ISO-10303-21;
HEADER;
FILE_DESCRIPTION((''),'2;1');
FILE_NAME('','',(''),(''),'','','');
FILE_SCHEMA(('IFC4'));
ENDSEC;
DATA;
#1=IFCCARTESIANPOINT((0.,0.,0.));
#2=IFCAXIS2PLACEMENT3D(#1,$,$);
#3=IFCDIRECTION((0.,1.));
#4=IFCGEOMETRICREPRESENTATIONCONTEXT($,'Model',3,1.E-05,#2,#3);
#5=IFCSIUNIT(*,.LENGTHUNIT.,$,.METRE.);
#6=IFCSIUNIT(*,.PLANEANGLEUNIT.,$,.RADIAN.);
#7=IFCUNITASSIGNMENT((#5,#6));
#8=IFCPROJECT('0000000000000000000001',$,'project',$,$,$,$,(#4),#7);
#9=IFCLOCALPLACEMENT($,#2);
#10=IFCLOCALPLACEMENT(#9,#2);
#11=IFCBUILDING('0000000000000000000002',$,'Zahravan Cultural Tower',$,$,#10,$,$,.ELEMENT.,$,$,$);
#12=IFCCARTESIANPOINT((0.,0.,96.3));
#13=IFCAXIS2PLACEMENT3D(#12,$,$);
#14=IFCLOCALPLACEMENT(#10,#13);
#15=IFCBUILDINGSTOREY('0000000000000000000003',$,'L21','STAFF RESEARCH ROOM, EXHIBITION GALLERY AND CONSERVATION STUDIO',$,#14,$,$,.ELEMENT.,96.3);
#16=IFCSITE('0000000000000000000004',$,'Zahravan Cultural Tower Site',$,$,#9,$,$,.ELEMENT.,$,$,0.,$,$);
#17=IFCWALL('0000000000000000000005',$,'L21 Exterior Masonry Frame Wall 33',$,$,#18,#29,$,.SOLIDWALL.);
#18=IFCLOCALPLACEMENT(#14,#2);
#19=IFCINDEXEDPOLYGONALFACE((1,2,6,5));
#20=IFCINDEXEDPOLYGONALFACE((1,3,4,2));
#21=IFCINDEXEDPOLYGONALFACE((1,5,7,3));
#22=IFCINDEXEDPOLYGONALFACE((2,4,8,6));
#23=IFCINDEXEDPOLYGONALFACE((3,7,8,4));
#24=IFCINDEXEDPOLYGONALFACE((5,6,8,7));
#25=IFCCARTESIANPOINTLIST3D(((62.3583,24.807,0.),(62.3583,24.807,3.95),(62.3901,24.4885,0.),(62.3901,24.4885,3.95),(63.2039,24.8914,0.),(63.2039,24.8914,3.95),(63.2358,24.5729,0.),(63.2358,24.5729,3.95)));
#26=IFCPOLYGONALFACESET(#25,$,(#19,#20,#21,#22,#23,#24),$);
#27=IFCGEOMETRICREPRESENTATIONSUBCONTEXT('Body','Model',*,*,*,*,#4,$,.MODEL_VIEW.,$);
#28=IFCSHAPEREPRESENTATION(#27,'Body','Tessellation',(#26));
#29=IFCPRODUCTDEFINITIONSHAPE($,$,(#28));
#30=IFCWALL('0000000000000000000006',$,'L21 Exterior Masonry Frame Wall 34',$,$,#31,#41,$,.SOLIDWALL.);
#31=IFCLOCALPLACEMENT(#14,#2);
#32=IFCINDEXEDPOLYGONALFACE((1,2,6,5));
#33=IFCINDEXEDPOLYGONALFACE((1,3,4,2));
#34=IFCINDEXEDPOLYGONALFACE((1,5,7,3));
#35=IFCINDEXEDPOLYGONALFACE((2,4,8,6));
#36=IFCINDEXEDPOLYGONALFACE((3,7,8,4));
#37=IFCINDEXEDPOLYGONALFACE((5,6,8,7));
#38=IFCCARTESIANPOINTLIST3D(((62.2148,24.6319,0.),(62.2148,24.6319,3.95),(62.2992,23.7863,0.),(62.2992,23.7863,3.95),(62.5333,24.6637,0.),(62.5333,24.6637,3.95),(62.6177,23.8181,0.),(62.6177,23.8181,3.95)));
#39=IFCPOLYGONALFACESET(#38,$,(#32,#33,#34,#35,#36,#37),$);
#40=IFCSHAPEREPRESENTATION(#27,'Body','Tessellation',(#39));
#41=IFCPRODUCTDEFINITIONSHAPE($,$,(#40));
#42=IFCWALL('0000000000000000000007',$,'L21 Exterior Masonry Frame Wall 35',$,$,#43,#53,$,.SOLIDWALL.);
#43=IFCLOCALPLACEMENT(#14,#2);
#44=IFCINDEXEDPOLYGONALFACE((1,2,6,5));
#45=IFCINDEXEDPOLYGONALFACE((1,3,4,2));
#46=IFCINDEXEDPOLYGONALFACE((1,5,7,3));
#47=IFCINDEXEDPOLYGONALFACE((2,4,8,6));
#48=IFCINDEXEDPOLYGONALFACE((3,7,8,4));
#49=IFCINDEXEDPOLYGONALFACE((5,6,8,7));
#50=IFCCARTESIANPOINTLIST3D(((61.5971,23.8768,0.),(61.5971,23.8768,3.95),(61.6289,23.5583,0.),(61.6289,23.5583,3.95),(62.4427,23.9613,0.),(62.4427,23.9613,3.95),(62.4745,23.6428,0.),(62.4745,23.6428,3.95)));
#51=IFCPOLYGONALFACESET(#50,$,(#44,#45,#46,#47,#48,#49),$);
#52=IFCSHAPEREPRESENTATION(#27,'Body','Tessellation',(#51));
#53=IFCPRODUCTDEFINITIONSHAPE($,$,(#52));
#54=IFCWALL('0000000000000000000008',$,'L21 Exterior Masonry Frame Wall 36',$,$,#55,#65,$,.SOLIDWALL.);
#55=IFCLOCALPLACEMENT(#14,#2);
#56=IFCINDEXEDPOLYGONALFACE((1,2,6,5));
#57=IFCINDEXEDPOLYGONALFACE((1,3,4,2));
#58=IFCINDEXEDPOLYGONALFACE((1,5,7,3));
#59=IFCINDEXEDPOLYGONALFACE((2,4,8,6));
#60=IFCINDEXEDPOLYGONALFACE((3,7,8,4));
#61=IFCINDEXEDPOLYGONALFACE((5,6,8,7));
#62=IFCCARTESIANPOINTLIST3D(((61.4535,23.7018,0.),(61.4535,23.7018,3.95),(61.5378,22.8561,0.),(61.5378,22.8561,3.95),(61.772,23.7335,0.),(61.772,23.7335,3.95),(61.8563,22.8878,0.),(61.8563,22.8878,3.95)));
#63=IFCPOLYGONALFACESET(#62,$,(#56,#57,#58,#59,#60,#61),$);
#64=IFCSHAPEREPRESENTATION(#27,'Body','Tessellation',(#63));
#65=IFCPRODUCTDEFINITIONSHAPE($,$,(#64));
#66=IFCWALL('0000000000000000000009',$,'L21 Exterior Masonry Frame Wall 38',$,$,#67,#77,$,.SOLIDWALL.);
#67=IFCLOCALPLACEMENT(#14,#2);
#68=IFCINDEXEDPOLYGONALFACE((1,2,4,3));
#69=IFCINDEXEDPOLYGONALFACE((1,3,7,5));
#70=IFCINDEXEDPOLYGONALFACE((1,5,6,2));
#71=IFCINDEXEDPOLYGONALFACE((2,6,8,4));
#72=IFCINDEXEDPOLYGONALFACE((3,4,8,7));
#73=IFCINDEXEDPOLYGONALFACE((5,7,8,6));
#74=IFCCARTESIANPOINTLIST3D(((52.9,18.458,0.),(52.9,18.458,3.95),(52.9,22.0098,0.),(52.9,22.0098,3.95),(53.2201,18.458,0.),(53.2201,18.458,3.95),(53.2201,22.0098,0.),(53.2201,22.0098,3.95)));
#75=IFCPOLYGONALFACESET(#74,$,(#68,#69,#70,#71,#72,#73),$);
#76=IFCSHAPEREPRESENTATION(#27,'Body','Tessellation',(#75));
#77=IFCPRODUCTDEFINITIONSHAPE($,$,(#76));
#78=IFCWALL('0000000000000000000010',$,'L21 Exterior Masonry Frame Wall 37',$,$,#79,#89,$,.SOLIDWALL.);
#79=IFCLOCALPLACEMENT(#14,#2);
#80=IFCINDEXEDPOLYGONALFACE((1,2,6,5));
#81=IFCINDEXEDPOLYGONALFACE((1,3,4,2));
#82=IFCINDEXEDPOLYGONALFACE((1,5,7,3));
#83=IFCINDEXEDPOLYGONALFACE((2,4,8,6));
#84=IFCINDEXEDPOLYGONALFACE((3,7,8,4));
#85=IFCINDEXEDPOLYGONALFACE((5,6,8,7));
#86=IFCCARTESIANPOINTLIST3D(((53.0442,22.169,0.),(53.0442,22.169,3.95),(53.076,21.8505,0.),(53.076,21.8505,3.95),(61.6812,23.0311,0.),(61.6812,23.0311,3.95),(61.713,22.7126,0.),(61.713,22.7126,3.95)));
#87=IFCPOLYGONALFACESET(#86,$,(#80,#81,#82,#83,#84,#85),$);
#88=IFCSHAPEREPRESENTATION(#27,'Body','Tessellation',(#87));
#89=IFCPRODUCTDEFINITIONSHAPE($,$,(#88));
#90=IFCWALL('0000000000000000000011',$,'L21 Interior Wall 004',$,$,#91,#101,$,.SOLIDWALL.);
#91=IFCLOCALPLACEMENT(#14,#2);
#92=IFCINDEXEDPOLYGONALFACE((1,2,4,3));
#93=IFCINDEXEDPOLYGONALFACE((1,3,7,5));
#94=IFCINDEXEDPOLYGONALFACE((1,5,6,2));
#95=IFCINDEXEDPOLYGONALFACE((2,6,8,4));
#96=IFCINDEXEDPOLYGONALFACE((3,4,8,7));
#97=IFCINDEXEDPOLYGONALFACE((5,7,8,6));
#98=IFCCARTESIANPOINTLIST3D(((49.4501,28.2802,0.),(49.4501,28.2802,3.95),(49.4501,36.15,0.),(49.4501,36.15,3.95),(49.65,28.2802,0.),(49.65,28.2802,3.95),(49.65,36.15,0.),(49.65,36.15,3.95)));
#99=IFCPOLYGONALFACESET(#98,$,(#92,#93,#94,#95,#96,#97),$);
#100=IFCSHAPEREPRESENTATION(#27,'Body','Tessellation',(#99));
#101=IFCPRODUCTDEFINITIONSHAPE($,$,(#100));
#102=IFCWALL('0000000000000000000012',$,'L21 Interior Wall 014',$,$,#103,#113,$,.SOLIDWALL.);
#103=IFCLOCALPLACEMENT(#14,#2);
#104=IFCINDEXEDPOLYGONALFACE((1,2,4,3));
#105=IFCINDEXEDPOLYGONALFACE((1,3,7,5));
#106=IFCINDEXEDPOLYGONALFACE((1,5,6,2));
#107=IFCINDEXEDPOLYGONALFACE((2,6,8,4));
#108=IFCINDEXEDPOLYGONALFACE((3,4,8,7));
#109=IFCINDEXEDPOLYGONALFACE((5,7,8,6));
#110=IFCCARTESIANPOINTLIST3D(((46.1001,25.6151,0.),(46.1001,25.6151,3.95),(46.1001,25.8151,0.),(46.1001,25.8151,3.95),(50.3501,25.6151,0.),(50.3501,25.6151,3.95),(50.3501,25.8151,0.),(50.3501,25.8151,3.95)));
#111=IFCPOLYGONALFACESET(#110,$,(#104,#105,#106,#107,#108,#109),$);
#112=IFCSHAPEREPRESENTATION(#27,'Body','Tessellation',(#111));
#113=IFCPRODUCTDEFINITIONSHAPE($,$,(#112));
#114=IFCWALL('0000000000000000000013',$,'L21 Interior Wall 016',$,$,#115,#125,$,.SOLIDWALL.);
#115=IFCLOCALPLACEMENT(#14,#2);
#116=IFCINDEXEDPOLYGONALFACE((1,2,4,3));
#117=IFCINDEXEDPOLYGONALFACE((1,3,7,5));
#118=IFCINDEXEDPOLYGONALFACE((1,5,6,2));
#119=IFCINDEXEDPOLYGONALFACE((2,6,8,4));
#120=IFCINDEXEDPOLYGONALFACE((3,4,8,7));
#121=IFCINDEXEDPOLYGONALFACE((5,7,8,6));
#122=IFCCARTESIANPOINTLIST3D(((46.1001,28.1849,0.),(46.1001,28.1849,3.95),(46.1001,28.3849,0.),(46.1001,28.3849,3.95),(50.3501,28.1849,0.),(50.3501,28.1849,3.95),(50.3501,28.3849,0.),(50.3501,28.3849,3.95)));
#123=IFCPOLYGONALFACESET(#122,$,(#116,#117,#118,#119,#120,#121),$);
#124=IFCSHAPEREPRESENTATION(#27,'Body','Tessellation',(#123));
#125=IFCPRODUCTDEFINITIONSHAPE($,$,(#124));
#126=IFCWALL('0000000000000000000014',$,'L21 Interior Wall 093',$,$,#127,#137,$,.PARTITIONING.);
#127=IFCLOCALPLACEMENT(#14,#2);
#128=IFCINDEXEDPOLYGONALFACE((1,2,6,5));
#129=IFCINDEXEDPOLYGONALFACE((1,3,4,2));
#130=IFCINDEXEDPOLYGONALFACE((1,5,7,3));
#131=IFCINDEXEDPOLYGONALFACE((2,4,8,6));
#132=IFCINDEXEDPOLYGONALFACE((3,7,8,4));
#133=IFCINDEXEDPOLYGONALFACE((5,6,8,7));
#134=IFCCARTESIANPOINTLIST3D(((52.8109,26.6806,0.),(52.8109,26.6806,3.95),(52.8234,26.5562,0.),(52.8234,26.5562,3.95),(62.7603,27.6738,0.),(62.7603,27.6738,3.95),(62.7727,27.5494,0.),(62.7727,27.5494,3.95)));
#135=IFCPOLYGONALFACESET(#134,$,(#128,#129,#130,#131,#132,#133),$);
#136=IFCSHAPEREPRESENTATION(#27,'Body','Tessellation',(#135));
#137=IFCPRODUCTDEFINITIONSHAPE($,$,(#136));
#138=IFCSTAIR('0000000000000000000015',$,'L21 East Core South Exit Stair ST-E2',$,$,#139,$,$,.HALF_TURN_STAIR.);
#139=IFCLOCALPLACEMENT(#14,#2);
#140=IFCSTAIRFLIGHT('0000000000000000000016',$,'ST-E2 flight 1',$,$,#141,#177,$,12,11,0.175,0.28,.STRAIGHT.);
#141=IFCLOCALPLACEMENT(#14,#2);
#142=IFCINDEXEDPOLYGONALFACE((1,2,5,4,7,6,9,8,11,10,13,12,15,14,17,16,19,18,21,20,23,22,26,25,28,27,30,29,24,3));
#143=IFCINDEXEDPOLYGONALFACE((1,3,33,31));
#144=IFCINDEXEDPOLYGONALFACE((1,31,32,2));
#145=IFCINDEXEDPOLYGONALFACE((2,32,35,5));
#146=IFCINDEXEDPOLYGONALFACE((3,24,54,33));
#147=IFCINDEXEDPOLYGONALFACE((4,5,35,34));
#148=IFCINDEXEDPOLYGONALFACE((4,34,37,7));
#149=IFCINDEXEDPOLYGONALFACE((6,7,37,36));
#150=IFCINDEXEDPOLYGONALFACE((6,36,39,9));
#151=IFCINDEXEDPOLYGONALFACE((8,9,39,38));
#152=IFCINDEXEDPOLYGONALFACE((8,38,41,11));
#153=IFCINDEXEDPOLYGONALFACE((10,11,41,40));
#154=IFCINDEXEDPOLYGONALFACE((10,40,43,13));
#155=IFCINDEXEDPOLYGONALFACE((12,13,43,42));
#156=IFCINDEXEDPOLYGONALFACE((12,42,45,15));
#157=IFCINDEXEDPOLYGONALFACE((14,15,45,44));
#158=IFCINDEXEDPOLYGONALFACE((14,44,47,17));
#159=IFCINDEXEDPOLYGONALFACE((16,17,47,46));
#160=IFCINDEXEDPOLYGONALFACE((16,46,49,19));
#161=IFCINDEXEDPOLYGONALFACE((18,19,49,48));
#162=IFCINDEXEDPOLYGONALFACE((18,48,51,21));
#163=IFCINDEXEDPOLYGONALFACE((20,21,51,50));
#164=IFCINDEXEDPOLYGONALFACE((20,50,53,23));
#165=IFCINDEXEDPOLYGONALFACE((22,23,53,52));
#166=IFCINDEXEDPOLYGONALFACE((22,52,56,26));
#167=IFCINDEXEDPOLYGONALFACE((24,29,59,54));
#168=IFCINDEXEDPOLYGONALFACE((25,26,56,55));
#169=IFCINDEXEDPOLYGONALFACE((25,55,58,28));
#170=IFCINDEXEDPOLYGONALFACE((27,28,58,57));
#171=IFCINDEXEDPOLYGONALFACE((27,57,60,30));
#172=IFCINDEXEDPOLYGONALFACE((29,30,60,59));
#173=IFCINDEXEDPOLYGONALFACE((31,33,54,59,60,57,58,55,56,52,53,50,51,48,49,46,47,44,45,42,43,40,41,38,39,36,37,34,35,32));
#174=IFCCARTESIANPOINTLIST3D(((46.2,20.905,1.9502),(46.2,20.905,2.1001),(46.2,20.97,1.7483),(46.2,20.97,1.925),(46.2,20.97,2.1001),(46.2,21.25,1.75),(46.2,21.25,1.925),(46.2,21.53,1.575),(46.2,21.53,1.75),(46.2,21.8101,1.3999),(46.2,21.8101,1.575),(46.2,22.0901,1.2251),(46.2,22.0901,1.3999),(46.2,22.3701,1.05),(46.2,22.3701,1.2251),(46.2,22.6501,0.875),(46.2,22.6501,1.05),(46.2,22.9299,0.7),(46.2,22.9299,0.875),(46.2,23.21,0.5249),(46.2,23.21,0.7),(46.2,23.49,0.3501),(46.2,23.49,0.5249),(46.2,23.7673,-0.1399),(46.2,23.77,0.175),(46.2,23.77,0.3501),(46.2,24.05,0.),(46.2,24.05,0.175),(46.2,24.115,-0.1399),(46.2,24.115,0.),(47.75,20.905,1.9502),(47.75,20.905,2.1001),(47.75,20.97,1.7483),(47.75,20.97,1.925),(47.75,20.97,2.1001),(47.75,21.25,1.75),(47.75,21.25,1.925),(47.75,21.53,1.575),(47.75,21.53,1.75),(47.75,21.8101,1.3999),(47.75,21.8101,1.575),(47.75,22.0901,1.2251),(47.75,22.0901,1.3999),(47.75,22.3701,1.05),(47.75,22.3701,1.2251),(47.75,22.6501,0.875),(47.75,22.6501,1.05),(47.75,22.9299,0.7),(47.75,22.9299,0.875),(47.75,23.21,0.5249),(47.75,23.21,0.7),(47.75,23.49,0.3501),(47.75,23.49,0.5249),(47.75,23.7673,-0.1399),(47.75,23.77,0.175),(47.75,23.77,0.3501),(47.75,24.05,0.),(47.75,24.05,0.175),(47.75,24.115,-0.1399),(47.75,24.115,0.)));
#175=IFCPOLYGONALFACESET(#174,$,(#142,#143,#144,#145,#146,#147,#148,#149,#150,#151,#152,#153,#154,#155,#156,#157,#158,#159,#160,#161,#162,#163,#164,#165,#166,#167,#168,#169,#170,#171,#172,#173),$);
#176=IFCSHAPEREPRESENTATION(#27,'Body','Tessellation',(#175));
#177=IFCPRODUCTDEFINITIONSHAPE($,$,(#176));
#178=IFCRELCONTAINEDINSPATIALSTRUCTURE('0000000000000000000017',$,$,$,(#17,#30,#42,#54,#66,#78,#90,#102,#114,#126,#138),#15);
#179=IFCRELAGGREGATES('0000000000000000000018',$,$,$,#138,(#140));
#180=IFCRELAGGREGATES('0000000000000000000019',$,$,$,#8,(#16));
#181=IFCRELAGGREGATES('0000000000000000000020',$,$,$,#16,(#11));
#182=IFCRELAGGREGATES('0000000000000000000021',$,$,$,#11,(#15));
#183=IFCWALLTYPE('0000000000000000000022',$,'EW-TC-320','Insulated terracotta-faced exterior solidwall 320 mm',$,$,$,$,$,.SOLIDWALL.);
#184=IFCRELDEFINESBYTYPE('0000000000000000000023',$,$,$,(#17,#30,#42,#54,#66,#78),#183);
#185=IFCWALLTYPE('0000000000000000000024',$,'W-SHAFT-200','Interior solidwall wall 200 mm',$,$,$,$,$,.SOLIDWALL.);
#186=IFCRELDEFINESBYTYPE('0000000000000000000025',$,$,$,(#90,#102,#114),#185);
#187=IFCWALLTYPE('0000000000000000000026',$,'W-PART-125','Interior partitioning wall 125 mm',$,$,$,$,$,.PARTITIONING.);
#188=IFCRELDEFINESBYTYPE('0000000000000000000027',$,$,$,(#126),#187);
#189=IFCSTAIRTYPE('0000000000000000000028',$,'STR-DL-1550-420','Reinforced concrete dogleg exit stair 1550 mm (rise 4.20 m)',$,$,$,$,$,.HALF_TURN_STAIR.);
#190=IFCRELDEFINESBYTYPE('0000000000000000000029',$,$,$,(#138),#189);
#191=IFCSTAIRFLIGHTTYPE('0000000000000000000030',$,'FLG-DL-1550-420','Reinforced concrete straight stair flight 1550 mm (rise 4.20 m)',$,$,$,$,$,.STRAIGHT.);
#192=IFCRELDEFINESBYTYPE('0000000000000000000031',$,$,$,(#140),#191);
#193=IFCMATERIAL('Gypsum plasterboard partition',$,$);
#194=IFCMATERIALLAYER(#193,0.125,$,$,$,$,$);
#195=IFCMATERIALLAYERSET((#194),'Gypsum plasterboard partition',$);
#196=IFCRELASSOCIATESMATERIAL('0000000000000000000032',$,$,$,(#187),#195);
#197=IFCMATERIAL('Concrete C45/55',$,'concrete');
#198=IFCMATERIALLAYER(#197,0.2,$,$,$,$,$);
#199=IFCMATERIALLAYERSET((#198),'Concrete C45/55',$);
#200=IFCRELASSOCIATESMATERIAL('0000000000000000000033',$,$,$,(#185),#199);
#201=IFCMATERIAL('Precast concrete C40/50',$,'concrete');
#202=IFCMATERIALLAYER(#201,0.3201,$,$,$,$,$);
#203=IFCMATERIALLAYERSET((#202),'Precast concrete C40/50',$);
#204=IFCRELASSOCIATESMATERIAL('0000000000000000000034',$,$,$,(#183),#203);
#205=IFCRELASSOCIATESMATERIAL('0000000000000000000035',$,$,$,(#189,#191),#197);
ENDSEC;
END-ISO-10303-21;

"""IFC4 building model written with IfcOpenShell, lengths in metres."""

from ifc_helpers import new_model, si_unit, direction, frame, frame_2d, origin, place, context, subcontext, project, spatial, polyline, rectangle, outline, extrude, source, transform, mapped, material, layer, layer_set, type_object, element, aggregate, save


model = new_model("IFC4")

# Units and contexts
model_context = context("Model", 3, precision=1e-05, world=origin(), true_north=direction((0.0, 1.0)))
body_context = subcontext(model_context, "Body", "Model", "MODEL_VIEW")
ifc_project = project(units=[si_unit("LENGTHUNIT", "METRE"), si_unit("PLANEANGLEUNIT", "RADIAN")], contexts=[model_context])

# Site, building, storey
site_placement = place(None, origin())
site = spatial("IfcSite", under=ifc_project, at=site_placement, Name="Zahravan Cultural Tower Site", CompositionType="ELEMENT", RefElevation=0.0)
building_placement = place(site_placement, origin())
building = spatial("IfcBuilding", under=site, at=building_placement, Name="Zahravan Cultural Tower", CompositionType="ELEMENT")
storey_placement = place(building_placement, frame((0.0, 0.0, 96.3)))
storey = spatial("IfcBuildingStorey", under=building, at=storey_placement, Name="L21", Description="STAFF RESEARCH ROOM, EXHIBITION GALLERY AND CONSERVATION STUDIO", CompositionType="ELEMENT", Elevation=96.3)

# Shared definitions
ifc_material_1 = material(Name="Gypsum plasterboard partition")
ifc_layer_1 = layer(ifc_material_1, 0.125)
ifc_layer_set_1 = layer_set([ifc_layer_1], Name="Gypsum plasterboard partition")
wall_type_1 = type_object("IfcWallType", Name="W-PART-125", Description="Interior partitioning wall 125 mm", PredefinedType="PARTITIONING", material=ifc_layer_set_1)
ifc_material_2 = material(Name="Concrete C45/55", Category="concrete")
ifc_layer_2 = layer(ifc_material_2, 0.2)
ifc_layer_set_2 = layer_set([ifc_layer_2], Name="Concrete C45/55")
wall_type_2 = type_object("IfcWallType", Name="W-SHAFT-200", Description="Interior solidwall wall 200 mm", PredefinedType="SOLIDWALL", material=ifc_layer_set_2)

# Walls
ifc_material_3 = material(Name="Precast concrete C40/50", Category="concrete")
ifc_layer_3 = layer(ifc_material_3, 0.3201)
ifc_layer_set_3 = layer_set([ifc_layer_3], Name="Precast concrete C40/50")
wall_type_3 = type_object("IfcWallType", Name="EW-TC-320", Description="Insulated terracotta-faced exterior solidwall 320 mm", PredefinedType="SOLIDWALL", material=ifc_layer_set_3)
shared_shape_1 = source(origin(), body_context, "Body", "SweptSolid", [
    extrude(rectangle(XDim=0.8499, YDim=0.3201, at=frame_2d((0.4248, 0.0))), origin(), (0.0, 0.0, 1.0), 3.95),
])
for number, where, z_axis, x_axis, name in (
    (1, (63.2197, 24.7322, 0.0), (0.0, 0.0, 1.0), (-0.995049, -0.09939, 0.0), "L21 Exterior Masonry Frame Wall 33"),
    (2, (62.374, 24.6477, 0.0), (0.0, 0.0, 1.0), (0.09939, -0.995049, 0.0), "L21 Exterior Masonry Frame Wall 34"),
    (3, (62.4585, 23.802, 0.0), (0.0, 0.0, 1.0), (-0.995049, -0.09939, 0.0), "L21 Exterior Masonry Frame Wall 35"),
    (4, (61.6128, 23.7175, 0.0), (0.0, 0.0, 1.0), (0.099106, -0.995077, 0.0), "L21 Exterior Masonry Frame Wall 36"),
):
    element("IfcWall", number, at=place(storey_placement, frame(where, z_axis=z_axis, x_axis=x_axis)), inside=storey, type_object=wall_type_3, Name=name, PredefinedType="SOLIDWALL", context=body_context, shape_type="MappedRepresentation", body=[
        mapped(shared_shape_1, transform((0.0, 0.0, 0.0), x_axis=(1.0, 0.0, 0.0), y_axis=(0.0, 1.0, 0.0), z_axis=(0.0, 0.0, 1.0), scale=1.0)),
    ])
shared_shape_2 = source(origin(), body_context, "Body", "SweptSolid", [
    extrude(rectangle(XDim=3.5518, YDim=0.3201, at=frame_2d((1.7759, 0.0))), origin(), (0.0, 0.0, 1.0), 3.95),
])
wall_1_placement = place(storey_placement, frame((53.0601, 22.0098, 0.0), z_axis=(0.0, 0.0, 1.0), x_axis=(0.0, -1.0, 0.0)))
element("IfcWall", 5, at=wall_1_placement, inside=storey, type_object=wall_type_3, Name="L21 Exterior Masonry Frame Wall 38", PredefinedType="SOLIDWALL", context=body_context, shape_type="MappedRepresentation", body=[
    mapped(shared_shape_2, transform((0.0, 0.0, 0.0), x_axis=(1.0, 0.0, 0.0), y_axis=(0.0, 1.0, 0.0), z_axis=(0.0, 0.0, 1.0), scale=1.0)),
])
shared_shape_3 = source(origin(), body_context, "Body", "SweptSolid", [
    extrude(rectangle(XDim=8.6799, YDim=0.3201, at=frame_2d((4.3398, 0.0))), origin(), (0.0, 0.0, 1.0), 3.95),
])
wall_2_placement = place(storey_placement, frame((61.697, 22.8718, 0.0), z_axis=(0.0, 0.0, 1.0), x_axis=(-0.995056, -0.099317, 0.0)))
element("IfcWall", 6, at=wall_2_placement, inside=storey, type_object=wall_type_3, Name="L21 Exterior Masonry Frame Wall 37", PredefinedType="SOLIDWALL", context=body_context, shape_type="MappedRepresentation", body=[
    mapped(shared_shape_3, transform((0.0, 0.0, 0.0), x_axis=(1.0, 0.0, 0.0), y_axis=(0.0, 1.0, 0.0), z_axis=(0.0, 0.0, 1.0), scale=1.0)),
])
shared_shape_4 = source(origin(), body_context, "Body", "SweptSolid", [
    extrude(rectangle(XDim=7.8699, YDim=0.2, at=frame_2d((3.9351, 0.0))), origin(), (0.0, 0.0, 1.0), 3.95),
])
wall_3_placement = place(storey_placement, frame((49.55, 28.28, 0.0), z_axis=(0.0, 0.0, 1.0), x_axis=(0.0, 1.0, 0.0)))
element("IfcWall", 7, at=wall_3_placement, inside=storey, type_object=wall_type_2, Name="L21 Interior Wall 004", PredefinedType="SOLIDWALL", context=body_context, shape_type="MappedRepresentation", body=[
    mapped(shared_shape_4, transform((0.0, 0.0, 0.0), x_axis=(1.0, 0.0, 0.0), y_axis=(0.0, 1.0, 0.0), z_axis=(0.0, 0.0, 1.0), scale=1.0)),
])
shared_shape_5 = source(origin(), body_context, "Body", "SweptSolid", [
    extrude(rectangle(XDim=4.25, YDim=0.2, at=frame_2d((2.125, 0.0))), origin(), (0.0, 0.0, 1.0), 3.95),
])
for number, where, z_axis, x_axis, name in (
    (8, (46.1001, 25.7151, 0.0), (0.0, 0.0, 1.0), (1.0, 0.0, 0.0), "L21 Interior Wall 014"),
    (9, (46.1001, 28.2849, 0.0), (0.0, 0.0, 1.0), (1.0, 0.0, 0.0), "L21 Interior Wall 016"),
):
    element("IfcWall", number, at=place(storey_placement, frame(where, z_axis=z_axis, x_axis=x_axis)), inside=storey, type_object=wall_type_2, Name=name, PredefinedType="SOLIDWALL", context=body_context, shape_type="MappedRepresentation", body=[
        mapped(shared_shape_5, transform((0.0, 0.0, 0.0), x_axis=(1.0, 0.0, 0.0), y_axis=(0.0, 1.0, 0.0), z_axis=(0.0, 0.0, 1.0), scale=1.0)),
    ])
shared_shape_6 = source(origin(), body_context, "Body", "SweptSolid", [
    extrude(rectangle(XDim=9.9988, YDim=0.125, at=frame_2d((4.9995, 0.0))), origin(), (0.0, 0.0, 1.0), 3.95),
])
wall_4_placement = place(storey_placement, frame((62.7666, 27.6116, 0.0), z_axis=(0.0, 0.0, 1.0), x_axis=(-0.995055, -0.09933, 0.0)))
element("IfcWall", 10, at=wall_4_placement, inside=storey, type_object=wall_type_1, Name="L21 Interior Wall 093", PredefinedType="PARTITIONING", context=body_context, shape_type="MappedRepresentation", body=[
    mapped(shared_shape_6, transform((0.0, 0.0, 0.0), x_axis=(1.0, 0.0, 0.0), y_axis=(0.0, 1.0, 0.0), z_axis=(0.0, 0.0, 1.0), scale=1.0)),
])

# Stair, stair flight
stair_type = type_object("IfcStairType", Name="STR-DL-1550-420", Description="Reinforced concrete dogleg exit stair 1550 mm (rise 4.20 m)", PredefinedType="HALF_TURN_STAIR", material=ifc_material_2)
stair_placement = place(storey_placement, origin())
stair = element("IfcStair", 11, at=stair_placement, inside=storey, type_object=stair_type, Name="L21 East Core South Exit Stair ST-E2", PredefinedType="HALF_TURN_STAIR")
stair_flight_type = type_object("IfcStairFlightType", Name="FLG-DL-1550-420", Description="Reinforced concrete straight stair flight 1550 mm (rise 4.20 m)", PredefinedType="STRAIGHT", material=ifc_material_2)
stair_flight_1_placement = place(storey_placement, frame((46.9751, 24.05, 0.0), z_axis=(0.0, 0.0, 1.0), x_axis=(0.0, -1.0, 0.0)))
stair_flight_1 = element("IfcStairFlight", 12, at=stair_flight_1_placement, type_object=stair_flight_type, Name="ST-E2 flight 1", NumberOfRisers=12, NumberOfTreads=11, PredefinedType="STRAIGHT", RiserHeight=0.175, TreadLength=0.28, context=body_context, shape_type="SweptSolid", body=[
    extrude(outline(polyline([(-0.0649, -0.1399), (-0.0649, 0.0), (0.0, 0.0), (0.0, 0.175), (0.28, 0.175), (0.28, 0.3501), (0.5601, 0.3501), (0.5601, 0.5249), (0.8401, 0.5249), (0.8401, 0.7), (1.1201, 0.7), (1.1201, 0.875), (1.3999, 0.875), (1.3999, 1.05), (1.6799, 1.05), (1.6799, 1.2251), (1.96, 1.2251), (1.96, 1.3999), (2.24, 1.3999), (2.24, 1.575), (2.52, 1.575), (2.52, 1.75), (2.8, 1.75), (2.8, 1.925), (3.0801, 1.925), (3.0801, 2.1001), (3.145, 2.1001), (3.145, 1.9502), (3.0801, 1.7483), (0.2827, -0.1399), (-0.0649, -0.1399)])), frame((0.0, 0.7749, 0.0), z_axis=(0.0, -1.0, 0.0), x_axis=(1.0, 0.0, 0.0)), (0.0, 0.0, 1.0), 1.55),
])
aggregate(stair, [stair_flight_1])

save(model, "model.ifc")
